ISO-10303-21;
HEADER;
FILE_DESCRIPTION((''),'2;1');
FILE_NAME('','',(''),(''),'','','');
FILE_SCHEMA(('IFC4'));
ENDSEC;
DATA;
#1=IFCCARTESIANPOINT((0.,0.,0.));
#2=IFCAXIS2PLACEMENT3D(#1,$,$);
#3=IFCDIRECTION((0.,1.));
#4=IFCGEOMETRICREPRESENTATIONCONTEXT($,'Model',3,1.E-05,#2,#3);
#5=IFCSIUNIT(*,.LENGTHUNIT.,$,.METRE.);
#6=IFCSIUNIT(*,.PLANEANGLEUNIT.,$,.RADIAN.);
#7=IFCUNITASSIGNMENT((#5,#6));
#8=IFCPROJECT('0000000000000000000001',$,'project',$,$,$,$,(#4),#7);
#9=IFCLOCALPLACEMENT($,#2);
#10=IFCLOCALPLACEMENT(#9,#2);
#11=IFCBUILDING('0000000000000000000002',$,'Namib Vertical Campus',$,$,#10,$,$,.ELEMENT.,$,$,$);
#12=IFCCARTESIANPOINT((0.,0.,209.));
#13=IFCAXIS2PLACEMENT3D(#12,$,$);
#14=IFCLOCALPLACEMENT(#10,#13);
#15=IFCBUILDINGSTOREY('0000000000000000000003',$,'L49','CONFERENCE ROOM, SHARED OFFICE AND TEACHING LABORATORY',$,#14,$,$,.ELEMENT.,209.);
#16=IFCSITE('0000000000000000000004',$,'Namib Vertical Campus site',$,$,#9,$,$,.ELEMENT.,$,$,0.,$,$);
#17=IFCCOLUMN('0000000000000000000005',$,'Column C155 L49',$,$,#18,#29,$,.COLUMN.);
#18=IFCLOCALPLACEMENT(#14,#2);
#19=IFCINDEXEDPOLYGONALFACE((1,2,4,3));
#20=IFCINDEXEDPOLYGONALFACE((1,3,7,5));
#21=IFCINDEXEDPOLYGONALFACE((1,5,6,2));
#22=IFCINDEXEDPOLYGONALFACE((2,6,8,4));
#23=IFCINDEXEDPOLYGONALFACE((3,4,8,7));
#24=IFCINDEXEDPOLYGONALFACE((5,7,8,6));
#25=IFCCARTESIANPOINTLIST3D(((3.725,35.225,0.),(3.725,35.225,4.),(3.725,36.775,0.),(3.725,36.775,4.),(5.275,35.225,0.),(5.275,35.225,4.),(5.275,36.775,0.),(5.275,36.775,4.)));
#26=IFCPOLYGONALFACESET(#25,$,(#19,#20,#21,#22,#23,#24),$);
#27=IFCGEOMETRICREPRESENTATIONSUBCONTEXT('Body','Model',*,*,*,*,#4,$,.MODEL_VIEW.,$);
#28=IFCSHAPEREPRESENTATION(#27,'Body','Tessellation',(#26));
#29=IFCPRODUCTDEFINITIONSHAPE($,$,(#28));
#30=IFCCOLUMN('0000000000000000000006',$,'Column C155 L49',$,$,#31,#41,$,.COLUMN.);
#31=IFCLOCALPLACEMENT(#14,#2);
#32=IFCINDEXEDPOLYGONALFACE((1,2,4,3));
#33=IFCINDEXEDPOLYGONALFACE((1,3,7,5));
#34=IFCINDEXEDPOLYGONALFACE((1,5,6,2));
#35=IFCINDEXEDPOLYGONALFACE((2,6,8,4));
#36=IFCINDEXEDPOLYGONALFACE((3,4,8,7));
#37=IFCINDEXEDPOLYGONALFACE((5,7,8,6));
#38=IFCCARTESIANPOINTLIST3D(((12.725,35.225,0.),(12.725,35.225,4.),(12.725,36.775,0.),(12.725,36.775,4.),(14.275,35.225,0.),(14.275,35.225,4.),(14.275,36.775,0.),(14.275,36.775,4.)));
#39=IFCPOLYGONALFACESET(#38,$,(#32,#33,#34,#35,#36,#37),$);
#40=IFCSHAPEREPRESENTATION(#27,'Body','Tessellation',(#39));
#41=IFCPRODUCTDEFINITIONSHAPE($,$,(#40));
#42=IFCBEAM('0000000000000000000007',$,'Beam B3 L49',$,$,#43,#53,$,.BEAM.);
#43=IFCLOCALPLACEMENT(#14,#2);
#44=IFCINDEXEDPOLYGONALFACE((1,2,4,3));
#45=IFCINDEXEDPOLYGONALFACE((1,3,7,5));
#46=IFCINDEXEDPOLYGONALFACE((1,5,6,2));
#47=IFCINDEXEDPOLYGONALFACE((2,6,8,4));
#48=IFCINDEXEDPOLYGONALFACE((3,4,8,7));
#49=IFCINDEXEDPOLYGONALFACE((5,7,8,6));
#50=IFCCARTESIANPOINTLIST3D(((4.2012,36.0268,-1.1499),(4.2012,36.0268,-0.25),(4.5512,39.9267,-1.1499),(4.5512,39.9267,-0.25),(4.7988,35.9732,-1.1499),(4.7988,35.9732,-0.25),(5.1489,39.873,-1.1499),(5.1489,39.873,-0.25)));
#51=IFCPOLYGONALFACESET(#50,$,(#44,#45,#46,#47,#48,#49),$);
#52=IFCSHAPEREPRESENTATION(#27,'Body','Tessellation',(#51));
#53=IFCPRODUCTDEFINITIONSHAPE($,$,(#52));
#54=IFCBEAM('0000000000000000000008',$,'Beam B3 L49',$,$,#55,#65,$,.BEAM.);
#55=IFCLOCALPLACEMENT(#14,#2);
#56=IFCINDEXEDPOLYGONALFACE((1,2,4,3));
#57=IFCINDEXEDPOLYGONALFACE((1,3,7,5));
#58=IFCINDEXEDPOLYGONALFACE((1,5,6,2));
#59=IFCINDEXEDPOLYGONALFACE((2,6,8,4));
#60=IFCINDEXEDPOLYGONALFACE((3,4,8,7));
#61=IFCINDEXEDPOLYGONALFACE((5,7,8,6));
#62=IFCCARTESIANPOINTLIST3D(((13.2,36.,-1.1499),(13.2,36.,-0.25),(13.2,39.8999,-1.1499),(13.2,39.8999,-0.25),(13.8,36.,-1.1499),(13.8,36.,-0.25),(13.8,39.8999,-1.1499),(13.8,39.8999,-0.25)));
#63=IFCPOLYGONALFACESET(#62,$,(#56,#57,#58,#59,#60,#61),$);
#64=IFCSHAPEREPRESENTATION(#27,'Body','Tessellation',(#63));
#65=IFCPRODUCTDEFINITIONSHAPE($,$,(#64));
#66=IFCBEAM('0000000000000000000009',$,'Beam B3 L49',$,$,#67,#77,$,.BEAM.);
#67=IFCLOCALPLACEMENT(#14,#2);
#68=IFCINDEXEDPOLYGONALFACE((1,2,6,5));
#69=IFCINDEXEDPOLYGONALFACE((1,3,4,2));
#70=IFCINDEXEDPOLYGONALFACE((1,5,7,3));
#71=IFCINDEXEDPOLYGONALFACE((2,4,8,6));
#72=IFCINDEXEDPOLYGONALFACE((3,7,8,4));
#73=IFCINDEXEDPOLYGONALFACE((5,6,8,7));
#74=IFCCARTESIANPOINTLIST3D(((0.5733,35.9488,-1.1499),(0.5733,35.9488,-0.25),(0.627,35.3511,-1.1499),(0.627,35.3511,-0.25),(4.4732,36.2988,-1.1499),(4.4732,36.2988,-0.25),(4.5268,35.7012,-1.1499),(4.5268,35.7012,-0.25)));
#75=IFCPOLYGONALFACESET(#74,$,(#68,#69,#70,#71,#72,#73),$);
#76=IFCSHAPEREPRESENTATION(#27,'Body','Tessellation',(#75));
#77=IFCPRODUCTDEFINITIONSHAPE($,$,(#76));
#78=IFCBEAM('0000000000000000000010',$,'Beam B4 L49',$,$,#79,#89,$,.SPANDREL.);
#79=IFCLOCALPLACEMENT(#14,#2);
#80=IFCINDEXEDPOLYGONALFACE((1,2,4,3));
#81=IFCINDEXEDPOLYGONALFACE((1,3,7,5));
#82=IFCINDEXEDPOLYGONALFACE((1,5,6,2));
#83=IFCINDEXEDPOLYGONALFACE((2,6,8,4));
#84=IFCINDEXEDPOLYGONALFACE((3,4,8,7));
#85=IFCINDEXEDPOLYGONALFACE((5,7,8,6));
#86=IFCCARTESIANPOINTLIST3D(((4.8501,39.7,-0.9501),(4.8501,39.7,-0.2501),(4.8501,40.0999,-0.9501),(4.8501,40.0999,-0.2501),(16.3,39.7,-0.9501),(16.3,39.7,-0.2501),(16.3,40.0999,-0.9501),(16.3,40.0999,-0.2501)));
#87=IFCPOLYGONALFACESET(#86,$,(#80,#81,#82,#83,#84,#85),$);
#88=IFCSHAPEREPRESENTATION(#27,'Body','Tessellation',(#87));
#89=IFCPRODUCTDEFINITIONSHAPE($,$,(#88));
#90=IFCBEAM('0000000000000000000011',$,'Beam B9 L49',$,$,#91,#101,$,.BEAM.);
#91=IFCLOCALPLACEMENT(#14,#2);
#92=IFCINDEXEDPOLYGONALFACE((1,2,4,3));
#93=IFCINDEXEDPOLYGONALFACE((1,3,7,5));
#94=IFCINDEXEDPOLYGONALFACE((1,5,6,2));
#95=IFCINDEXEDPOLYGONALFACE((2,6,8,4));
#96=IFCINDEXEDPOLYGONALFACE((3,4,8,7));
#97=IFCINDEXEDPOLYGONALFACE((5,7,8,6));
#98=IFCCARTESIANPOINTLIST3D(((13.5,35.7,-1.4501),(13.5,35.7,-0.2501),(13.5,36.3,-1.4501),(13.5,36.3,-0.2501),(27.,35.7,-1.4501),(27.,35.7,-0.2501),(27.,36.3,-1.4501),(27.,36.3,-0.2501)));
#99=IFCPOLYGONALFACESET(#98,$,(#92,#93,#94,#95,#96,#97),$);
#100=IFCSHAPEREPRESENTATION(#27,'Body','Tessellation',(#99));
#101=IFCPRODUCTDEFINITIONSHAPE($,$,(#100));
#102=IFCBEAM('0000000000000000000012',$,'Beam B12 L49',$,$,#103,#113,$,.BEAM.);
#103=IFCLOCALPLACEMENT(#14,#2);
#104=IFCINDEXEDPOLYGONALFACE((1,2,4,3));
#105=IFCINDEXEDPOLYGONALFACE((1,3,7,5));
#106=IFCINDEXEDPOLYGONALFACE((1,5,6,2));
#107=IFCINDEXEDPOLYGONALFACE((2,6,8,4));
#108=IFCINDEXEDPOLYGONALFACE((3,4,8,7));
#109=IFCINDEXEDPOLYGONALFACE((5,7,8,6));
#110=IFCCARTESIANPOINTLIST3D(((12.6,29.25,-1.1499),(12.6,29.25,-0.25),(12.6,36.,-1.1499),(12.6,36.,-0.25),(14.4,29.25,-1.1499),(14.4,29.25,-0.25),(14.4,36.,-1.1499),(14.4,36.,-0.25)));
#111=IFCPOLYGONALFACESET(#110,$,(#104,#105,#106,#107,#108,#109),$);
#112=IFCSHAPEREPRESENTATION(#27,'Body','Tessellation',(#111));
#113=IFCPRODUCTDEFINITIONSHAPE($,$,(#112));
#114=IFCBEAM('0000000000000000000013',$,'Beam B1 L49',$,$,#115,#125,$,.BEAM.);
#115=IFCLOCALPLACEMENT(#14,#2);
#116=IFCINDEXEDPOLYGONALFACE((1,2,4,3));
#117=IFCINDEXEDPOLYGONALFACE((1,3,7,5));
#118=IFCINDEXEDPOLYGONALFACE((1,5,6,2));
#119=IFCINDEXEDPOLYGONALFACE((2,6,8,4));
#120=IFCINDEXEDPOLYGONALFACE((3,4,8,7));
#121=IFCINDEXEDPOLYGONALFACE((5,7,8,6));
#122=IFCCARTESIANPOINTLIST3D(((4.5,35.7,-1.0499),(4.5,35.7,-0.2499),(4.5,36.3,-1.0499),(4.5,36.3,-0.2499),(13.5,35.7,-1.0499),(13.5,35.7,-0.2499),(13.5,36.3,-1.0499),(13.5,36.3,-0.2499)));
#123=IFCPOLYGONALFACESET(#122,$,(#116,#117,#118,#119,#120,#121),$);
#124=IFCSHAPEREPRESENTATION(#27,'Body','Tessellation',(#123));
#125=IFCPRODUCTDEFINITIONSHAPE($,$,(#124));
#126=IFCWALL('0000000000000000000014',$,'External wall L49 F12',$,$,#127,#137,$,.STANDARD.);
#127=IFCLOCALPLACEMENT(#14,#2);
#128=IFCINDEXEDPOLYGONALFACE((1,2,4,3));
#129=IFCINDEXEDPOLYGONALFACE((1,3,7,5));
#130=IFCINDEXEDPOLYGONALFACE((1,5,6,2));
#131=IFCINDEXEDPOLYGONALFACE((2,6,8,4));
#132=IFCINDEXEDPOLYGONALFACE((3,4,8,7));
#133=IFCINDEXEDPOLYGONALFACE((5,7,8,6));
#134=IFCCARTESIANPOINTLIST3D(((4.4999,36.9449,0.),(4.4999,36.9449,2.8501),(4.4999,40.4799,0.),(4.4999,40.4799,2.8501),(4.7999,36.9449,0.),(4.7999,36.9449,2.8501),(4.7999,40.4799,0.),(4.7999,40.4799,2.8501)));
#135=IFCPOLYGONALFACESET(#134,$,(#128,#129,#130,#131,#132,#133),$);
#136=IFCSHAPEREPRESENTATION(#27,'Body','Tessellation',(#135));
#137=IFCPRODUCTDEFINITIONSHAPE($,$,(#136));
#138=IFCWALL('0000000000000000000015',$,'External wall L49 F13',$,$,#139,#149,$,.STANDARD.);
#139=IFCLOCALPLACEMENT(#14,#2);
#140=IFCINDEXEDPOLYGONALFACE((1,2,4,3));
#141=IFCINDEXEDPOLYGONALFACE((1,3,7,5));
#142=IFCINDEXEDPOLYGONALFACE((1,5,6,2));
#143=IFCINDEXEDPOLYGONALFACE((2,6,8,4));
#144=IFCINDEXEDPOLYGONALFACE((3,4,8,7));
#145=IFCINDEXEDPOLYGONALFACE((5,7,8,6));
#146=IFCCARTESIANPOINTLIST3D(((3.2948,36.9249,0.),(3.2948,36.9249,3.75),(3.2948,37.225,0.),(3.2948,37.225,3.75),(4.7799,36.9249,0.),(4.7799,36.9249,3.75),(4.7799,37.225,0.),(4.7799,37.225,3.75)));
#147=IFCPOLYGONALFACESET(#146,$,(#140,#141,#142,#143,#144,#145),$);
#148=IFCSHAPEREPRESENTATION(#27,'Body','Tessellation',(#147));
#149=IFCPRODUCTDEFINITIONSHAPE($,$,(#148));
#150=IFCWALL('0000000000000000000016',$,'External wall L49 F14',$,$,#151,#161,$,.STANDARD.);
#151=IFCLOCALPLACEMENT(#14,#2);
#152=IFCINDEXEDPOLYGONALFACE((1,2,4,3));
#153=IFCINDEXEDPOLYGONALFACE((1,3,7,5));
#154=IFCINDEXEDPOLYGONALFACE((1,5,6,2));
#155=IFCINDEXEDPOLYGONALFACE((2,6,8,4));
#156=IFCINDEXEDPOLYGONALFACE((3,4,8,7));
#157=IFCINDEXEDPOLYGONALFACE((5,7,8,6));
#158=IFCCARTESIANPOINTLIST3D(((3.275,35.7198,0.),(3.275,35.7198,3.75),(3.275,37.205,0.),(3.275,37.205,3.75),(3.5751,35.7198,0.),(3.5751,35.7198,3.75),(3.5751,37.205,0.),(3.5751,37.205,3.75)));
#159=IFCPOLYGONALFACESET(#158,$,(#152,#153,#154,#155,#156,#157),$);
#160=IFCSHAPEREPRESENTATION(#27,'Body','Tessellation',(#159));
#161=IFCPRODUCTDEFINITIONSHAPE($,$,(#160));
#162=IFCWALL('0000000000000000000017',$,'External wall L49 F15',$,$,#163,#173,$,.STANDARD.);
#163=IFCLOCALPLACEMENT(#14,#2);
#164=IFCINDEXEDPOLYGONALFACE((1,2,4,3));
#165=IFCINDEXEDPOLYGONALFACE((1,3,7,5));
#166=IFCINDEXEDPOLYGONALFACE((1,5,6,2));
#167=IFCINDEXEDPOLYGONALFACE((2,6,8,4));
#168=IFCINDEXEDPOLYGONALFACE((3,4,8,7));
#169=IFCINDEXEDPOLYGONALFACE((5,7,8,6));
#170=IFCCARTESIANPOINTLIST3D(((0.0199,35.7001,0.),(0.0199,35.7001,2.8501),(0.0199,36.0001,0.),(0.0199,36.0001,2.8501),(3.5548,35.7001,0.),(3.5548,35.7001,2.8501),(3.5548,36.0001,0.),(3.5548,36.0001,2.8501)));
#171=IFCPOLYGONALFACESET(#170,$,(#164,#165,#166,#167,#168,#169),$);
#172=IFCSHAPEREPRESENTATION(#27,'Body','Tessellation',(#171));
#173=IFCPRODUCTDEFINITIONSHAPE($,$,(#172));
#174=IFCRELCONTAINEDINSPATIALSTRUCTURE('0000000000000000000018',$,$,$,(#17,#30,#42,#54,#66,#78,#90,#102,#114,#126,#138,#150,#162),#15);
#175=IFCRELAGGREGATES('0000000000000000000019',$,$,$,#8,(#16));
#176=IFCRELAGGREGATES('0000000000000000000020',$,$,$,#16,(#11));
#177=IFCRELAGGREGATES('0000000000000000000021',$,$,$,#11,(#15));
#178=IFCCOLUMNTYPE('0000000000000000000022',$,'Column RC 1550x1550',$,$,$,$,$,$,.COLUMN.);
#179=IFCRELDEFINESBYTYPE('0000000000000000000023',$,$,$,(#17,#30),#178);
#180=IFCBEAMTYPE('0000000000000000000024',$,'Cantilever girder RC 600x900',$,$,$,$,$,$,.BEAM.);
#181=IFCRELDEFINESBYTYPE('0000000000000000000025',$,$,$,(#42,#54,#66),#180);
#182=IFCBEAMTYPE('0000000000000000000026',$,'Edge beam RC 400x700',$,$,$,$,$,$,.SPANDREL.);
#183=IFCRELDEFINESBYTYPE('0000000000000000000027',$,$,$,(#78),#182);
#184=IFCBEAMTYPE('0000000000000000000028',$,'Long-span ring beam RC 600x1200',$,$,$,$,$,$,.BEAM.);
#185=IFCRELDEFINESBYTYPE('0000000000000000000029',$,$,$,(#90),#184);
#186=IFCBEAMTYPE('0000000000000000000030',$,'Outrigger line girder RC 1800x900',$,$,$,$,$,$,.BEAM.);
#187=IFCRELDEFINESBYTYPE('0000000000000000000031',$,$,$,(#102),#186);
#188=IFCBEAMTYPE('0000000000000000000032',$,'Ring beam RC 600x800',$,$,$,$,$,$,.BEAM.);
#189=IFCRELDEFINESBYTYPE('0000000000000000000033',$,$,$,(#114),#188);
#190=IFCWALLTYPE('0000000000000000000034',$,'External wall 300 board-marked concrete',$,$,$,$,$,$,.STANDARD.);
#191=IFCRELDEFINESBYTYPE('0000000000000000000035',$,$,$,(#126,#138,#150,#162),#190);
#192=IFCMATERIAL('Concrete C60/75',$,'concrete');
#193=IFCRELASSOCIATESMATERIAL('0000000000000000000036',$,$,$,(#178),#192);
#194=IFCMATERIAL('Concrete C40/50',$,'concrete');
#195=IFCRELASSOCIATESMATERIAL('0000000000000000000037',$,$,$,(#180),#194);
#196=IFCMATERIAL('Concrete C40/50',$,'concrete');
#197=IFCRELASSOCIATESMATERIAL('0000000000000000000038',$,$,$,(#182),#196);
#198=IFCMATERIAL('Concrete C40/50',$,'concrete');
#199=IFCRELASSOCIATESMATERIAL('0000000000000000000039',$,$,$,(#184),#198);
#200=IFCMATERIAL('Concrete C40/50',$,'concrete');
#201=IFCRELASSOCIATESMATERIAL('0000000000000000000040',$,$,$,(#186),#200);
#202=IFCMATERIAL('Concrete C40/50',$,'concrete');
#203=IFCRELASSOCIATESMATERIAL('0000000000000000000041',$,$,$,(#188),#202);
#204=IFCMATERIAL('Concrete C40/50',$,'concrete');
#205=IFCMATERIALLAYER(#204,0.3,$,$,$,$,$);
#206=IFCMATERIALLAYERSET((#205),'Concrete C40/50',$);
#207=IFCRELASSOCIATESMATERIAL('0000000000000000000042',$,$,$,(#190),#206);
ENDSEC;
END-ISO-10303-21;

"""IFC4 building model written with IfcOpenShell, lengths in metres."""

from ifc_helpers import new_model, si_unit, direction, frame, frame_2d, origin, origin_2d, place, context, subcontext, project, spatial, rectangle, extrude, material, layer, layer_set, material_profile, profile_set, type_object, element, save


model = new_model("IFC4")

# Units and contexts
model_context = context("Model", 3, precision=1e-05, world=origin(), true_north=direction((0.0, 1.0)))
body_context = subcontext(model_context, "Body", "Model", "MODEL_VIEW")
ifc_project = project(units=[si_unit("LENGTHUNIT", "METRE"), si_unit("PLANEANGLEUNIT", "RADIAN")], contexts=[model_context])

# Site, building, storey
site_placement = place(None, origin())
site = spatial("IfcSite", under=ifc_project, at=site_placement, Name="Namib Vertical Campus site", CompositionType="ELEMENT", RefElevation=0.0)
building_placement = place(site_placement, origin())
building = spatial("IfcBuilding", under=site, at=building_placement, Name="Namib Vertical Campus", CompositionType="ELEMENT")
storey_placement = place(building_placement, frame((0.0, 0.0, 209.0)))
storey = spatial("IfcBuildingStorey", under=building, at=storey_placement, Name="L49", Description="CONFERENCE ROOM, SHARED OFFICE AND TEACHING LABORATORY", CompositionType="ELEMENT", Elevation=209.0)

# Columns
ifc_material_1 = material(Name="Concrete C60/75", Category="concrete")
ifc_material_profile_1 = material_profile(ifc_material_1, rectangle(XDim=1.55, YDim=1.55, at=origin_2d()))
ifc_profile_set_1 = profile_set([ifc_material_profile_1], Name="Concrete C60/75")
column_type = type_object("IfcColumnType", Name="Column RC 1550x1550", PredefinedType="COLUMN", material=ifc_profile_set_1)
for number, where, z_axis, x_axis, name in (
    (1, (4.5, 36.0, 0.0), (0.0, 0.0, 1.0), (1.0, 0.0, 0.0), "Column C155 L49"),
    (2, (13.5, 36.0, 0.0), (0.0, 0.0, 1.0), (1.0, 0.0, 0.0), "Column C155 L49"),
):
    element("IfcColumn", number, at=place(storey_placement, frame(where, z_axis=z_axis, x_axis=x_axis)), inside=storey, type_object=column_type, Name=name, PredefinedType="COLUMN", context=body_context, shape_type="SweptSolid", body=[
        extrude(rectangle(XDim=1.55, YDim=1.55, at=origin_2d()), origin(), (0.0, 0.0, 1.0), 4.0),
    ])

# Beams
ifc_material_2 = material(Name="Concrete C40/50", Category="concrete")
ifc_material_profile_2 = material_profile(ifc_material_2, rectangle(XDim=0.6001, YDim=0.8999, at=origin_2d()))
ifc_profile_set_2 = profile_set([ifc_material_profile_2], Name="Concrete C40/50")
beam_type_1 = type_object("IfcBeamType", Name="Cantilever girder RC 600x900", PredefinedType="BEAM", material=ifc_profile_set_2)
beam_1_placement = place(storey_placement, frame((4.5, 36.0, -0.7), z_axis=(0.089411, 0.995995, 0.0), x_axis=(-0.995995, 0.089411, 0.0)))
element("IfcBeam", 3, at=beam_1_placement, inside=storey, type_object=beam_type_1, Name="Beam B3 L49", PredefinedType="BEAM", context=body_context, shape_type="SweptSolid", body=[
    extrude(rectangle(XDim=0.6001, YDim=0.8999, at=origin_2d()), origin(), (0.0, 0.0, 1.0), 3.9155),
])
beam_2_placement = place(storey_placement, frame((13.5, 36.0, -0.7), z_axis=(0.0, 1.0, 0.0), x_axis=(-1.0, 0.0, 0.0)))
element("IfcBeam", 4, at=beam_2_placement, inside=storey, type_object=beam_type_1, Name="Beam B3 L49", PredefinedType="BEAM", context=body_context, shape_type="SweptSolid", body=[
    extrude(rectangle(XDim=0.6001, YDim=0.8999, at=origin_2d()), origin(), (0.0, 0.0, 1.0), 3.8999),
])
beam_3_placement = place(storey_placement, frame((4.5, 36.0, -0.7), z_axis=(-0.995995, -0.089411, 0.0), x_axis=(0.089411, -0.995995, 0.0)))
element("IfcBeam", 5, at=beam_3_placement, inside=storey, type_object=beam_type_1, Name="Beam B3 L49", PredefinedType="BEAM", context=body_context, shape_type="SweptSolid", body=[
    extrude(rectangle(XDim=0.6001, YDim=0.8999, at=origin_2d()), origin(), (0.0, 0.0, 1.0), 3.9155),
])
ifc_material_3 = material(Name="Concrete C40/50", Category="concrete")
ifc_material_profile_3 = material_profile(ifc_material_3, rectangle(XDim=0.3999, YDim=0.7, at=origin_2d()))
ifc_profile_set_3 = profile_set([ifc_material_profile_3], Name="Concrete C40/50")
beam_type_2 = type_object("IfcBeamType", Name="Edge beam RC 400x700", PredefinedType="SPANDREL", material=ifc_profile_set_3)
beam_4_placement = place(storey_placement, frame((4.8501, 39.8999, -0.6001), z_axis=(1.0, 0.0, 0.0), x_axis=(0.0, 1.0, 0.0)))
element("IfcBeam", 6, at=beam_4_placement, inside=storey, type_object=beam_type_2, Name="Beam B4 L49", PredefinedType="SPANDREL", context=body_context, shape_type="SweptSolid", body=[
    extrude(rectangle(XDim=0.3999, YDim=0.7, at=origin_2d()), origin(), (0.0, 0.0, 1.0), 11.45),
])
ifc_material_4 = material(Name="Concrete C40/50", Category="concrete")
ifc_material_profile_4 = material_profile(ifc_material_4, rectangle(XDim=0.6001, YDim=1.2, at=origin_2d()))
ifc_profile_set_4 = profile_set([ifc_material_profile_4], Name="Concrete C40/50")
beam_type_3 = type_object("IfcBeamType", Name="Long-span ring beam RC 600x1200", PredefinedType="BEAM", material=ifc_profile_set_4)
beam_5_placement = place(storey_placement, frame((13.5, 36.0, -0.8501), z_axis=(1.0, 0.0, 0.0), x_axis=(0.0, 1.0, 0.0)))
element("IfcBeam", 7, at=beam_5_placement, inside=storey, type_object=beam_type_3, Name="Beam B9 L49", PredefinedType="BEAM", context=body_context, shape_type="SweptSolid", body=[
    extrude(rectangle(XDim=0.6001, YDim=1.2, at=origin_2d()), origin(), (0.0, 0.0, 1.0), 13.5),
])
ifc_material_5 = material(Name="Concrete C40/50", Category="concrete")
ifc_material_profile_5 = material_profile(ifc_material_5, rectangle(XDim=1.8, YDim=0.8999, at=origin_2d()))
ifc_profile_set_5 = profile_set([ifc_material_profile_5], Name="Concrete C40/50")
beam_type_4 = type_object("IfcBeamType", Name="Outrigger line girder RC 1800x900", PredefinedType="BEAM", material=ifc_profile_set_5)
beam_6_placement = place(storey_placement, frame((13.5, 36.0, -0.7), z_axis=(0.0, -1.0, 0.0), x_axis=(1.0, 0.0, 0.0)))
element("IfcBeam", 8, at=beam_6_placement, inside=storey, type_object=beam_type_4, Name="Beam B12 L49", PredefinedType="BEAM", context=body_context, shape_type="SweptSolid", body=[
    extrude(rectangle(XDim=1.8, YDim=0.8999, at=origin_2d()), origin(), (0.0, 0.0, 1.0), 6.75),
])
ifc_material_6 = material(Name="Concrete C40/50", Category="concrete")
ifc_material_profile_6 = material_profile(ifc_material_6, rectangle(XDim=0.6001, YDim=0.8, at=origin_2d()))
ifc_profile_set_6 = profile_set([ifc_material_profile_6], Name="Concrete C40/50")
beam_type_5 = type_object("IfcBeamType", Name="Ring beam RC 600x800", PredefinedType="BEAM", material=ifc_profile_set_6)
beam_7_placement = place(storey_placement, frame((4.5, 36.0, -0.6499), z_axis=(1.0, 0.0, 0.0), x_axis=(0.0, 1.0, 0.0)))
element("IfcBeam", 9, at=beam_7_placement, inside=storey, type_object=beam_type_5, Name="Beam B1 L49", PredefinedType="BEAM", context=body_context, shape_type="SweptSolid", body=[
    extrude(rectangle(XDim=0.6001, YDim=0.8, at=origin_2d()), origin(), (0.0, 0.0, 1.0), 9.0),
])

# Walls
ifc_material_7 = material(Name="Concrete C40/50", Category="concrete")
ifc_layer_1 = layer(ifc_material_7, 0.3)
ifc_layer_set_1 = layer_set([ifc_layer_1], Name="Concrete C40/50")
wall_type_1 = type_object("IfcWallType", Name="External wall 300 board-marked concrete", PredefinedType="STANDARD", material=ifc_layer_set_1)
wall_1_placement = place(storey_placement, frame((4.6499, 40.48, 0.0), z_axis=(0.0, 0.0, 1.0), x_axis=(0.0, -1.0, 0.0)))
element("IfcWall", 10, at=wall_1_placement, inside=storey, type_object=wall_type_1, Name="External wall L49 F12", PredefinedType="STANDARD", context=body_context, shape_type="SweptSolid", body=[
    extrude(rectangle(XDim=3.5349, YDim=0.3, at=frame_2d((1.7676, 0.0))), origin(), (0.0, 0.0, 1.0), 2.8501),
])
for number, where, z_axis, x_axis, name in (
    (11, (4.78, 37.075, 0.0), (0.0, 0.0, 1.0), (-1.0, 0.0, 0.0), "External wall L49 F13"),
    (12, (3.425, 37.2051, 0.0), (0.0, 0.0, 1.0), (0.0, -1.0, 0.0), "External wall L49 F14"),
):
    element("IfcWall", number, at=place(storey_placement, frame(where, z_axis=z_axis, x_axis=x_axis)), inside=storey, type_object=wall_type_1, Name=name, PredefinedType="STANDARD", context=body_context, shape_type="SweptSolid", body=[
        extrude(rectangle(XDim=1.4851, YDim=0.3, at=frame_2d((0.7427, 0.0))), origin(), (0.0, 0.0, 1.0), 3.75),
    ])
wall_2_placement = place(storey_placement, frame((3.5549, 35.8501, 0.0), z_axis=(0.0, 0.0, 1.0), x_axis=(-1.0, 0.0, 0.0)))
element("IfcWall", 13, at=wall_2_placement, inside=storey, type_object=wall_type_1, Name="External wall L49 F15", PredefinedType="STANDARD", context=body_context, shape_type="SweptSolid", body=[
    extrude(rectangle(XDim=3.5349, YDim=0.3, at=frame_2d((1.7676, 0.0))), origin(), (0.0, 0.0, 1.0), 2.8501),
])

save(model, "model.ifc")
